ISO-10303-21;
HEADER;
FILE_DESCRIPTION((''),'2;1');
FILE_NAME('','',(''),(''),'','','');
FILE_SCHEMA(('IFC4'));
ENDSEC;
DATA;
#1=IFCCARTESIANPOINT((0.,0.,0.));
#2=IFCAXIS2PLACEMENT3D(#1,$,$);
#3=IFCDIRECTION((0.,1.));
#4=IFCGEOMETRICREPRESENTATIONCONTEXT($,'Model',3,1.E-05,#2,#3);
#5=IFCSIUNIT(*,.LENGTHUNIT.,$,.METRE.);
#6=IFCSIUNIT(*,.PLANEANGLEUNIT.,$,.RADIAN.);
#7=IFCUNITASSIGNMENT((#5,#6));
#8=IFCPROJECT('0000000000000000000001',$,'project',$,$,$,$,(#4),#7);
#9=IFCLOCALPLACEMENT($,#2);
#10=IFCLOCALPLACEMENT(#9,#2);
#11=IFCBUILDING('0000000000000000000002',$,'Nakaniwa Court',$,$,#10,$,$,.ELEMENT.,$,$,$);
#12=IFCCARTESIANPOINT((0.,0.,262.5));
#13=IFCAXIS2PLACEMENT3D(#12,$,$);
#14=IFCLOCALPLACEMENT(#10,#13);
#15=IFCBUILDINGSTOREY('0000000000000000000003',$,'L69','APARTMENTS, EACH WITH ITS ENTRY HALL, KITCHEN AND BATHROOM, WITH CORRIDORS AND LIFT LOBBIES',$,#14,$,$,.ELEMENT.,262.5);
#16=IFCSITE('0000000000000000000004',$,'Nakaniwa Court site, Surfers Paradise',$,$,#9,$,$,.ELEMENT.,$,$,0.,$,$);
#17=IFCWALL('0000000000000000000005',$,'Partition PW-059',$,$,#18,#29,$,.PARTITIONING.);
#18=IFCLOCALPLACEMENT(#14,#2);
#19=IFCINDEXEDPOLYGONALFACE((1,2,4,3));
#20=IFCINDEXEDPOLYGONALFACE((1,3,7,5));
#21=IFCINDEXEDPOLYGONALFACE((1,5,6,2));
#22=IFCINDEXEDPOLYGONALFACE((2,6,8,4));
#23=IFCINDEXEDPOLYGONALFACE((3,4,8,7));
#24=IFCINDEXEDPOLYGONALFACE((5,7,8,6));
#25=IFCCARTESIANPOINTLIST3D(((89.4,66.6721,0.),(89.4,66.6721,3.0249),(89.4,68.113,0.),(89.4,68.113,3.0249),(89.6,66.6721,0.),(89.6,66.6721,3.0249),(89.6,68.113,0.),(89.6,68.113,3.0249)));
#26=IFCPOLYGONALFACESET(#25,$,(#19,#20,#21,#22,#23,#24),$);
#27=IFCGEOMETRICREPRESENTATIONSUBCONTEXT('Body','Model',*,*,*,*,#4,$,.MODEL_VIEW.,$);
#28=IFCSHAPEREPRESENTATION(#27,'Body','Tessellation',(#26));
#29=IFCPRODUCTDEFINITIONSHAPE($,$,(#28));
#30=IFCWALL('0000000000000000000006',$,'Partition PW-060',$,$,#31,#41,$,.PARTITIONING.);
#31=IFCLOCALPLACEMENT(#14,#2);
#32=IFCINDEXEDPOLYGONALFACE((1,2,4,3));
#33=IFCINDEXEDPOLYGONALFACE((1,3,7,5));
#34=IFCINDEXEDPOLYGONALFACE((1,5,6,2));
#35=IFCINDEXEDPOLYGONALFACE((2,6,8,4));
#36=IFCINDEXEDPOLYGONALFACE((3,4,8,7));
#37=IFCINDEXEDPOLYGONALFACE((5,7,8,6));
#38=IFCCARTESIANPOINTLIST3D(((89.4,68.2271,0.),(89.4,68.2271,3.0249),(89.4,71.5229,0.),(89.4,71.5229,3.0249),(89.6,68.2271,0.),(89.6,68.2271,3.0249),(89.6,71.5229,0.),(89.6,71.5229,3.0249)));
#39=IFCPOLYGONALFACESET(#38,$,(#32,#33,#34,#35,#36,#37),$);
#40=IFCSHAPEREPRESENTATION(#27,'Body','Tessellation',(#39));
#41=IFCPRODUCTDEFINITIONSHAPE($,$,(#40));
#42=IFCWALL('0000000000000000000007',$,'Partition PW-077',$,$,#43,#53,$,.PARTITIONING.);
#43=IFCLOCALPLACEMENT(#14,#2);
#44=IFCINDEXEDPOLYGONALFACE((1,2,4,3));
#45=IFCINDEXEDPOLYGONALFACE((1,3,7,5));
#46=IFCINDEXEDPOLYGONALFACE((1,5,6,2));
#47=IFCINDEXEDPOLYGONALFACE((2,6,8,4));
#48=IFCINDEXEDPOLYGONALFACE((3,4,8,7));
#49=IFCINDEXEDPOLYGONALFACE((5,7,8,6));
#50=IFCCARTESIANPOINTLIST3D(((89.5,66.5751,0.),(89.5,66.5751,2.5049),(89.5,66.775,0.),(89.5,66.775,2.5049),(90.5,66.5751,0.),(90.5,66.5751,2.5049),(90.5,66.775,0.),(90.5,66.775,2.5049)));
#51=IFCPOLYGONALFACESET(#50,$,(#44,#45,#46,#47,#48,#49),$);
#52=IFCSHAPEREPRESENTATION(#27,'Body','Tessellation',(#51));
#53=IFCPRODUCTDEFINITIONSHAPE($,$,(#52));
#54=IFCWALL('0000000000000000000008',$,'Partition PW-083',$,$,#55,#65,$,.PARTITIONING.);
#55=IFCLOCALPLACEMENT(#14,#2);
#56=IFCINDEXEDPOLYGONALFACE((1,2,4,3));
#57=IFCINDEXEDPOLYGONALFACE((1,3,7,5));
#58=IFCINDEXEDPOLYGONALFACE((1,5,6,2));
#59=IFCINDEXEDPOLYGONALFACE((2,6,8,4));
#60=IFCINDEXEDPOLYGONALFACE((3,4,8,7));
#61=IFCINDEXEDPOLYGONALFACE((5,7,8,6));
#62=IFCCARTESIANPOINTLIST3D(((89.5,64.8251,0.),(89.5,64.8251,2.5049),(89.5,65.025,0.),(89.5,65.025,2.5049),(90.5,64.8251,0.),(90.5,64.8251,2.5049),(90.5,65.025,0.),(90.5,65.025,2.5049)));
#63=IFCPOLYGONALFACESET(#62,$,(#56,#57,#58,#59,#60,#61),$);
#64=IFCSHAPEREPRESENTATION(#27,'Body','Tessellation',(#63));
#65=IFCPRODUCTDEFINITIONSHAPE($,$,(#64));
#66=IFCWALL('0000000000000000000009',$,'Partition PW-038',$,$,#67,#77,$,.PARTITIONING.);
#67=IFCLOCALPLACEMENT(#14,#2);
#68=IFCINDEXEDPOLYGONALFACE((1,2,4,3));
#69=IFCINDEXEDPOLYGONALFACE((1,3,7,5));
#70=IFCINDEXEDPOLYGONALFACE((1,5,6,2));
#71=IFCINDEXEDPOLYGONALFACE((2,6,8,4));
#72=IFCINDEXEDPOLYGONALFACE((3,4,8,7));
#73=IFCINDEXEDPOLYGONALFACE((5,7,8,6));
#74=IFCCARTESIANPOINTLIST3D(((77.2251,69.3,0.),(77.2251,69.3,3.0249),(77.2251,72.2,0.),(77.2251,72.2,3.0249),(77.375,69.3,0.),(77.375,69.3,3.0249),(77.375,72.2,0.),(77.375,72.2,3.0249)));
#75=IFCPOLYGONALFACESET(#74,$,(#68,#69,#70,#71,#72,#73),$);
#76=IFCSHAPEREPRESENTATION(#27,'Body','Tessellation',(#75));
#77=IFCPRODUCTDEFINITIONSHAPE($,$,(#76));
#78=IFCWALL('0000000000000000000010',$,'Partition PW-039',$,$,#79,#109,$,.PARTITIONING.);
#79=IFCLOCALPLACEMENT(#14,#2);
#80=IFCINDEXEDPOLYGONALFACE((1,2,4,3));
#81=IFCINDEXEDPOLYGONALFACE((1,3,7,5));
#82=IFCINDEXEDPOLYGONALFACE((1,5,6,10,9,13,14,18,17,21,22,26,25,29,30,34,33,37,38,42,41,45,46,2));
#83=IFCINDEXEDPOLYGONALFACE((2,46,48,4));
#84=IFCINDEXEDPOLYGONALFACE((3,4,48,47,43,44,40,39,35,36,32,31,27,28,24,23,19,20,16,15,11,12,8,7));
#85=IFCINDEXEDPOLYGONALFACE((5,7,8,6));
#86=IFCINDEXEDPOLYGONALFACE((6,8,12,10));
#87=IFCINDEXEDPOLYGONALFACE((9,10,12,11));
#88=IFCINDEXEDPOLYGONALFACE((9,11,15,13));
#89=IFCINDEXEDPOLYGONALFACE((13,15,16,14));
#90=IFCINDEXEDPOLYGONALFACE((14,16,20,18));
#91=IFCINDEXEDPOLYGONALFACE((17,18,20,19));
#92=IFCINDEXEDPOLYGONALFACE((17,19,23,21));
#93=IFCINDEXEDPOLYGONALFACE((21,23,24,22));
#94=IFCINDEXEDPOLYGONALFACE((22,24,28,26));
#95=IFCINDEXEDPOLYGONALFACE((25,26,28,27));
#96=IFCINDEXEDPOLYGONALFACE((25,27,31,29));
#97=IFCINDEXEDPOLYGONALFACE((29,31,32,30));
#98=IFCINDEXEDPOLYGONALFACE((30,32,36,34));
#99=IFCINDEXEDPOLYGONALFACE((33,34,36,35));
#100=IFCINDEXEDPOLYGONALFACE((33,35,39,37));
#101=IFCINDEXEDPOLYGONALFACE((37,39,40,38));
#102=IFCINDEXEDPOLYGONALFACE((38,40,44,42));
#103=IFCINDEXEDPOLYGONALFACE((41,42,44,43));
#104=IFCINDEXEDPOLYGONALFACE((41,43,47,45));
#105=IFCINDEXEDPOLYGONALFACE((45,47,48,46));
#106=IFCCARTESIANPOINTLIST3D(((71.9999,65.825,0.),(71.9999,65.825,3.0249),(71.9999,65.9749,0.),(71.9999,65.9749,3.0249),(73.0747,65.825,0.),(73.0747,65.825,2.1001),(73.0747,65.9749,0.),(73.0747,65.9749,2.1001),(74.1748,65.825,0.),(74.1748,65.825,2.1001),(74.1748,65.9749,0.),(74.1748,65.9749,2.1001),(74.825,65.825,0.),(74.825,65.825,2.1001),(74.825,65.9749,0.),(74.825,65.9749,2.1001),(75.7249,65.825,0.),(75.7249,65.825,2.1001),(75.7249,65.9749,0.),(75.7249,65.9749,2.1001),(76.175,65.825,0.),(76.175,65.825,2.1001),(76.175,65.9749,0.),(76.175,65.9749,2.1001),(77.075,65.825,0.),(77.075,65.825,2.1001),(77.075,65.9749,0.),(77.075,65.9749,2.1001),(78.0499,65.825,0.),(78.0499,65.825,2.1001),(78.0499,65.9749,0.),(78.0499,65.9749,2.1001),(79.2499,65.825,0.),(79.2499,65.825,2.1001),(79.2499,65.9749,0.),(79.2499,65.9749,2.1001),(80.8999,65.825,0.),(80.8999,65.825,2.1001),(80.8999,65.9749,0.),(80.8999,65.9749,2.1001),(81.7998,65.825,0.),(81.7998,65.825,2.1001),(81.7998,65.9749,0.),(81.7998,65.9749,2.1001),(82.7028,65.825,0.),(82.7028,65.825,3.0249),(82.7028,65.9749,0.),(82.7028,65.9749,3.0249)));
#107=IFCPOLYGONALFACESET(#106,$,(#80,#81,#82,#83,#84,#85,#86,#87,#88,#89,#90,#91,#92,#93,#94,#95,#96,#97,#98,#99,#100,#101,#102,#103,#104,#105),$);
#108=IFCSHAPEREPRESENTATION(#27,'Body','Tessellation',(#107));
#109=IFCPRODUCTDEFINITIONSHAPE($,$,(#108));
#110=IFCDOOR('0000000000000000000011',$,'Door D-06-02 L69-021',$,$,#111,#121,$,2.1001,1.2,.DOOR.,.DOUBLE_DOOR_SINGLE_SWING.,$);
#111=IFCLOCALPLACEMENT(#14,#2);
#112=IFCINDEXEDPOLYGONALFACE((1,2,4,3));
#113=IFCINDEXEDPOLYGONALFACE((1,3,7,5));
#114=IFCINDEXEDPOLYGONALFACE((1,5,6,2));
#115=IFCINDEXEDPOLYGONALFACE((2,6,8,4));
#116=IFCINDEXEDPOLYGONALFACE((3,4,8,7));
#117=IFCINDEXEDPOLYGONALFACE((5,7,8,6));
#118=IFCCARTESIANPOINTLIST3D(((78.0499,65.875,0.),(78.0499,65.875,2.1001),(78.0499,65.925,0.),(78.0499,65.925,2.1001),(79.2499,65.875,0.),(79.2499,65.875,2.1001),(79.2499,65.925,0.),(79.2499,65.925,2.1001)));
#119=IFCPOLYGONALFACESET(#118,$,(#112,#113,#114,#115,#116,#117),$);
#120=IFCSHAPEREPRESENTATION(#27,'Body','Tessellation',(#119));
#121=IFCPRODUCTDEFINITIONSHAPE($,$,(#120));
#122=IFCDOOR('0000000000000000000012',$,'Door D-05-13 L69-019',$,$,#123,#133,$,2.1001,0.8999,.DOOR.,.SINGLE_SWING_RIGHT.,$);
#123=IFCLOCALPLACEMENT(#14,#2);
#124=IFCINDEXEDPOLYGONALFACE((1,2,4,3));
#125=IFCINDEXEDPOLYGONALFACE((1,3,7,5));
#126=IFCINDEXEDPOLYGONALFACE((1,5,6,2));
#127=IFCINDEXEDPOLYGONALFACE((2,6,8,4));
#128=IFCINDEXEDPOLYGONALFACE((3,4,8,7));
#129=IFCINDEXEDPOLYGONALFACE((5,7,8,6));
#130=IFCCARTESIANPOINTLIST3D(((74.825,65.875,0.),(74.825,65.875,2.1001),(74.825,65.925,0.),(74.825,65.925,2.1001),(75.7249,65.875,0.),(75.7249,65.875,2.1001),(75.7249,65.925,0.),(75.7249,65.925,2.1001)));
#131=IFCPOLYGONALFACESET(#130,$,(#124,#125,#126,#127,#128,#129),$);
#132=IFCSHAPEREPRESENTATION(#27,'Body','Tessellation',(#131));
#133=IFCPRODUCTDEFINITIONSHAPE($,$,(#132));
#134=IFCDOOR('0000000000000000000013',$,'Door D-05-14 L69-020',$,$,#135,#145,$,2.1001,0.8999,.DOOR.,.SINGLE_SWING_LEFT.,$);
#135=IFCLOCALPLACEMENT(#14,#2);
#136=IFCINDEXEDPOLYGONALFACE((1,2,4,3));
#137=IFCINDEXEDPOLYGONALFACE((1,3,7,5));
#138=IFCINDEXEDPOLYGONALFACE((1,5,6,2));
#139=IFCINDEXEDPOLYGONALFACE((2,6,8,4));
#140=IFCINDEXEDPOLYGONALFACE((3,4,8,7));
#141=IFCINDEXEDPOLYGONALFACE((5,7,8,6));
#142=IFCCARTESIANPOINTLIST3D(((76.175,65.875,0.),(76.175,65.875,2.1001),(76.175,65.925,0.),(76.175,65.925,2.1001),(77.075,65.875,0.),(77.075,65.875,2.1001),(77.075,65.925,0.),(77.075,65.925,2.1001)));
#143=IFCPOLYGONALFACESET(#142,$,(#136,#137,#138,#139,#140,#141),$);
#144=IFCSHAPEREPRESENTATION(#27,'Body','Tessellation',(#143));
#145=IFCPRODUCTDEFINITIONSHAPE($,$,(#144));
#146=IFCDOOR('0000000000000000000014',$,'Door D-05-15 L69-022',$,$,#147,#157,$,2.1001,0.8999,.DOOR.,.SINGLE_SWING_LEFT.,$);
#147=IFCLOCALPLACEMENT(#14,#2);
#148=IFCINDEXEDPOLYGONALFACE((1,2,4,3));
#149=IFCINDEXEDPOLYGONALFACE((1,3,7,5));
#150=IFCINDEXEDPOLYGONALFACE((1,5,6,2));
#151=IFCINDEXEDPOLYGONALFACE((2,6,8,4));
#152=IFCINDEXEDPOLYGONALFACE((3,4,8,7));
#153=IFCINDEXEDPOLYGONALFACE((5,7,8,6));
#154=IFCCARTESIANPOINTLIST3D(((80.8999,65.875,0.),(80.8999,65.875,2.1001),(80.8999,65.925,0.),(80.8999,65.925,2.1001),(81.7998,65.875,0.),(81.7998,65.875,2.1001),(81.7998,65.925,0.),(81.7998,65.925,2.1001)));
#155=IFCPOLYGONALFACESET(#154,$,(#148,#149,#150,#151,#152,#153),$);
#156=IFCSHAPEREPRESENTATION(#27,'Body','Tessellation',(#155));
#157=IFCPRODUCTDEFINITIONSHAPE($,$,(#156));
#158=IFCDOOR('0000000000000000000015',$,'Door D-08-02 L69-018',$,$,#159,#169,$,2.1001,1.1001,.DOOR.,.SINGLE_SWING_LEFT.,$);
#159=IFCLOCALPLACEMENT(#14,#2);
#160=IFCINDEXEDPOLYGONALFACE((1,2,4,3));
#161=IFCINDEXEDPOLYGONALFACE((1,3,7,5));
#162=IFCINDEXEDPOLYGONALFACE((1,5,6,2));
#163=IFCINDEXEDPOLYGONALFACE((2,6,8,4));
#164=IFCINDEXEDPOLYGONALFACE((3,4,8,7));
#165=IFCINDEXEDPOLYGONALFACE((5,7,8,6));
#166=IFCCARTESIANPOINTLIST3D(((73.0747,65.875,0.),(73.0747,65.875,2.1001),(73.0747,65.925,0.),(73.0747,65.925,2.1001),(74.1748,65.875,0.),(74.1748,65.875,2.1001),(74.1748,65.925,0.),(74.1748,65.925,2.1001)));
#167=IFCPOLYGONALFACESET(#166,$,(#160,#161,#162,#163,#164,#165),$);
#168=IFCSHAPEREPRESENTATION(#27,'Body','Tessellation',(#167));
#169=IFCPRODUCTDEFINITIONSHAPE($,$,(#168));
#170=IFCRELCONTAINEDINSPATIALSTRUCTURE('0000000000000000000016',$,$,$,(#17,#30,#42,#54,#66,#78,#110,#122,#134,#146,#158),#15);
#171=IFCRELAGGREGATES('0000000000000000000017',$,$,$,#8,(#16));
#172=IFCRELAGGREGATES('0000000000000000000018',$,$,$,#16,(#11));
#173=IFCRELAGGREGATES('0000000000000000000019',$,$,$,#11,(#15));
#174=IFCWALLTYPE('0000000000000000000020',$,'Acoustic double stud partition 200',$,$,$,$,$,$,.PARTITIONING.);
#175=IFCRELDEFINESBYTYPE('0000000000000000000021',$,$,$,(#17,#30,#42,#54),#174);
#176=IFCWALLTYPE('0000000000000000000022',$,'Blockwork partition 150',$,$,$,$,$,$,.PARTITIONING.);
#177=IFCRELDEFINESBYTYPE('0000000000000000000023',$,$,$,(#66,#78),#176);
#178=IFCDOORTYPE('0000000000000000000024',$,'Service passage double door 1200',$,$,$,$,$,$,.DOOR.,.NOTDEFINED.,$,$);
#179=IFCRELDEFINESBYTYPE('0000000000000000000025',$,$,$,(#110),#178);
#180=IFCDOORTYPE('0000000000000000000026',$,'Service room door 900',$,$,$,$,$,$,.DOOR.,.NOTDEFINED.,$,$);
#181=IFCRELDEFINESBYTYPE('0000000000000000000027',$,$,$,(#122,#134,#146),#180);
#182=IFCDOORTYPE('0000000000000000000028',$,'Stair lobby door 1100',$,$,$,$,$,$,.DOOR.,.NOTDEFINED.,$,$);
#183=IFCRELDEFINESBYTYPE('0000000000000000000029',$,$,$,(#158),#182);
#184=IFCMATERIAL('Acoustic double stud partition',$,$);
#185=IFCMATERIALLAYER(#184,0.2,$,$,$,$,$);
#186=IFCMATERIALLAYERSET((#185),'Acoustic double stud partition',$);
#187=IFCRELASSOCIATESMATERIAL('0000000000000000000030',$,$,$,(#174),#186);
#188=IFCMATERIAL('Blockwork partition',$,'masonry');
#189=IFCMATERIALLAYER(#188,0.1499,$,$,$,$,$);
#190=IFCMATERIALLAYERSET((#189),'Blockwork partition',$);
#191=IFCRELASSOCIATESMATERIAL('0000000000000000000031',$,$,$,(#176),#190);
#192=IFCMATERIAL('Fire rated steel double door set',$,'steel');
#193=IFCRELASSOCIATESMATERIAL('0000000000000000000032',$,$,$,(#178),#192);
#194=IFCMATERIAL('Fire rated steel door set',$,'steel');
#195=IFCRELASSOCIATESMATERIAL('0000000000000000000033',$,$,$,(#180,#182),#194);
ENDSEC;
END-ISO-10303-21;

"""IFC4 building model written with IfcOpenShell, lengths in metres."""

from ifc_helpers import new_model, si_unit, direction, frame, frame_2d, origin, place, context, subcontext, project, spatial, rectangle, extrude, material, layer, layer_set, type_object, element, fill, save


model = new_model("IFC4")

# Units and contexts
model_context = context("Model", 3, precision=1e-05, world=origin(), true_north=direction((0.0, 1.0)))
body_context = subcontext(model_context, "Body", "Model", "MODEL_VIEW")
ifc_project = project(units=[si_unit("LENGTHUNIT", "METRE"), si_unit("PLANEANGLEUNIT", "RADIAN")], contexts=[model_context])

# Site, building, storey
site_placement = place(None, origin())
site = spatial("IfcSite", under=ifc_project, at=site_placement, Name="Nakaniwa Court site, Surfers Paradise", CompositionType="ELEMENT", RefElevation=0.0)
building_placement = place(site_placement, origin())
building = spatial("IfcBuilding", under=site, at=building_placement, Name="Nakaniwa Court", CompositionType="ELEMENT")
storey_placement = place(building_placement, frame((0.0, 0.0, 262.5)))
storey = spatial("IfcBuildingStorey", under=building, at=storey_placement, Name="L69", Description="APARTMENTS, EACH WITH ITS ENTRY HALL, KITCHEN AND BATHROOM, WITH CORRIDORS AND LIFT LOBBIES", CompositionType="ELEMENT", Elevation=262.5)

# Walls
ifc_material_1 = material(Name="Acoustic double stud partition")
ifc_layer_1 = layer(ifc_material_1, 0.2)
ifc_layer_set_1 = layer_set([ifc_layer_1], Name="Acoustic double stud partition")
wall_type_1 = type_object("IfcWallType", Name="Acoustic double stud partition 200", PredefinedType="PARTITIONING", material=ifc_layer_set_1)
wall_1_placement = place(storey_placement, frame((89.5, 66.6721, 0.0), z_axis=(0.0, 0.0, 1.0), x_axis=(0.0, 1.0, 0.0)))
element("IfcWall", 1, at=wall_1_placement, inside=storey, type_object=wall_type_1, Name="Partition PW-059", PredefinedType="PARTITIONING", context=body_context, shape_type="SweptSolid", body=[
    extrude(rectangle(XDim=1.4409, YDim=0.2, at=frame_2d((0.7205, 0.0))), origin(), (0.0, 0.0, 1.0), 3.0249),
])
wall_2_placement = place(storey_placement, frame((89.5, 68.2271, 0.0), z_axis=(0.0, 0.0, 1.0), x_axis=(0.0, 1.0, 0.0)))
element("IfcWall", 2, at=wall_2_placement, inside=storey, type_object=wall_type_1, Name="Partition PW-060", PredefinedType="PARTITIONING", context=body_context, shape_type="SweptSolid", body=[
    extrude(rectangle(XDim=3.2959, YDim=0.2, at=frame_2d((1.6479, 0.0))), origin(), (0.0, 0.0, 1.0), 3.0249),
])
for number, where, z_axis, x_axis, name in (
    (3, (89.5, 66.675, 0.0), (0.0, 0.0, 1.0), (1.0, 0.0, 0.0), "Partition PW-077"),
    (4, (89.5, 64.925, 0.0), (0.0, 0.0, 1.0), (1.0, 0.0, 0.0), "Partition PW-083"),
):
    element("IfcWall", number, at=place(storey_placement, frame(where, z_axis=z_axis, x_axis=x_axis)), inside=storey, type_object=wall_type_1, Name=name, PredefinedType="PARTITIONING", context=body_context, shape_type="SweptSolid", body=[
        extrude(rectangle(XDim=1.0, YDim=0.2, at=frame_2d((0.5, 0.0))), origin(), (0.0, 0.0, 1.0), 2.5049),
    ])
ifc_material_2 = material(Name="Blockwork partition", Category="masonry")
ifc_layer_2 = layer(ifc_material_2, 0.1499)
ifc_layer_set_2 = layer_set([ifc_layer_2], Name="Blockwork partition")
wall_type_2 = type_object("IfcWallType", Name="Blockwork partition 150", PredefinedType="PARTITIONING", material=ifc_layer_set_2)
wall_3_placement = place(storey_placement, frame((77.3, 69.3, 0.0), z_axis=(0.0, 0.0, 1.0), x_axis=(0.0, 1.0, 0.0)))
element("IfcWall", 5, at=wall_3_placement, inside=storey, type_object=wall_type_2, Name="Partition PW-038", PredefinedType="PARTITIONING", context=body_context, shape_type="SweptSolid", body=[
    extrude(rectangle(XDim=2.8999, YDim=0.1499, at=frame_2d((1.45, 0.0))), origin(), (0.0, 0.0, 1.0), 3.0249),
])

# Wall, openings, doors
wall_4_placement = place(storey_placement, frame((82.7029, 65.8999, 0.0), z_axis=(0.0, 0.0, 1.0), x_axis=(-1.0, 0.0, 0.0)))
wall_4 = element("IfcWall", 6, at=wall_4_placement, inside=storey, type_object=wall_type_2, Name="Partition PW-039", PredefinedType="PARTITIONING", context=body_context, shape_type="SweptSolid", body=[
    extrude(rectangle(XDim=10.7029, YDim=0.1499, at=frame_2d((5.3516, 0.0))), origin(), (0.0, 0.0, 1.0), 3.0249),
])
opening_1_placement = place(wall_4_placement, frame((8.5281, 0.0, 0.0)))
opening_1 = element("IfcOpeningElement", 7, at=opening_1_placement, cuts=wall_4, PredefinedType="OPENING", context=body_context, shape_type="SweptSolid", body=[
    extrude(rectangle(XDim=1.1001, YDim=2.1001, at=frame_2d((0.55, 1.05))), frame((0.0, 0.085, 0.0), z_axis=(0.0, -1.0, 0.0), x_axis=(1.0, 0.0, 0.0)), (0.0, 0.0, 1.0), 0.1699),
])
opening_2_placement = place(wall_4_placement, frame((6.978, 0.0, 0.0)))
opening_2 = element("IfcOpeningElement", 8, at=opening_2_placement, cuts=wall_4, PredefinedType="OPENING", context=body_context, shape_type="SweptSolid", body=[
    extrude(rectangle(XDim=0.8999, YDim=2.1001, at=frame_2d((0.45, 1.05))), frame((0.0, 0.085, 0.0), z_axis=(0.0, -1.0, 0.0), x_axis=(1.0, 0.0, 0.0)), (0.0, 0.0, 1.0), 0.1699),
])
opening_3_placement = place(wall_4_placement, frame((5.6279, 0.0, 0.0)))
opening_3 = element("IfcOpeningElement", 9, at=opening_3_placement, cuts=wall_4, PredefinedType="OPENING", context=body_context, shape_type="SweptSolid", body=[
    extrude(rectangle(XDim=0.8999, YDim=2.1001, at=frame_2d((0.45, 1.05))), frame((0.0, 0.085, 0.0), z_axis=(0.0, -1.0, 0.0), x_axis=(1.0, 0.0, 0.0)), (0.0, 0.0, 1.0), 0.1699),
])
opening_4_placement = place(wall_4_placement, frame((3.4529, 0.0, 0.0)))
opening_4 = element("IfcOpeningElement", 10, at=opening_4_placement, cuts=wall_4, PredefinedType="OPENING", context=body_context, shape_type="SweptSolid", body=[
    extrude(rectangle(XDim=1.2, YDim=2.1001, at=frame_2d((0.6001, 1.05))), frame((0.0, 0.085, 0.0), z_axis=(0.0, -1.0, 0.0), x_axis=(1.0, 0.0, 0.0)), (0.0, 0.0, 1.0), 0.1699),
])
opening_5_placement = place(wall_4_placement, frame((0.9031, 0.0, 0.0)))
opening_5 = element("IfcOpeningElement", 11, at=opening_5_placement, cuts=wall_4, PredefinedType="OPENING", context=body_context, shape_type="SweptSolid", body=[
    extrude(rectangle(XDim=0.8999, YDim=2.1001, at=frame_2d((0.45, 1.05))), frame((0.0, 0.085, 0.0), z_axis=(0.0, -1.0, 0.0), x_axis=(1.0, 0.0, 0.0)), (0.0, 0.0, 1.0), 0.1699),
])
ifc_material_3 = material(Name="Fire rated steel double door set", Category="steel")
door_type_1 = type_object("IfcDoorType", Name="Service passage double door 1200", OperationType="NOTDEFINED", PredefinedType="DOOR", material=ifc_material_3)
door_1_placement = place(opening_4_placement, origin())
door_1 = element("IfcDoor", 12, at=door_1_placement, inside=storey, type_object=door_type_1, Name="Door D-06-02 L69-021", OperationType="DOUBLE_DOOR_SINGLE_SWING", OverallHeight=2.1001, OverallWidth=1.2, PredefinedType="DOOR", context=body_context, shape_type="SweptSolid", body=[
    extrude(rectangle(XDim=1.2, YDim=2.1001, at=frame_2d((0.6001, 1.05))), frame((0.0, 0.0249, 0.0), z_axis=(0.0, -1.0, 0.0), x_axis=(1.0, 0.0, 0.0)), (0.0, 0.0, 1.0), 0.05),
])
fill(opening_4, door_1)
ifc_material_4 = material(Name="Fire rated steel door set", Category="steel")
door_type_2 = type_object("IfcDoorType", Name="Service room door 900", OperationType="NOTDEFINED", PredefinedType="DOOR", material=ifc_material_4)
door_2_placement = place(opening_2_placement, origin())
door_2 = element("IfcDoor", 13, at=door_2_placement, inside=storey, type_object=door_type_2, Name="Door D-05-13 L69-019", OperationType="SINGLE_SWING_RIGHT", OverallHeight=2.1001, OverallWidth=0.8999, PredefinedType="DOOR", context=body_context, shape_type="SweptSolid", body=[
    extrude(rectangle(XDim=0.8999, YDim=2.1001, at=frame_2d((0.45, 1.05))), frame((0.0, 0.0249, 0.0), z_axis=(0.0, -1.0, 0.0), x_axis=(1.0, 0.0, 0.0)), (0.0, 0.0, 1.0), 0.05),
])
fill(opening_2, door_2)
door_3_placement = place(opening_3_placement, origin())
door_3 = element("IfcDoor", 14, at=door_3_placement, inside=storey, type_object=door_type_2, Name="Door D-05-14 L69-020", OperationType="SINGLE_SWING_LEFT", OverallHeight=2.1001, OverallWidth=0.8999, PredefinedType="DOOR", context=body_context, shape_type="SweptSolid", body=[
    extrude(rectangle(XDim=0.8999, YDim=2.1001, at=frame_2d((0.45, 1.05))), frame((0.0, 0.0249, 0.0), z_axis=(0.0, -1.0, 0.0), x_axis=(1.0, 0.0, 0.0)), (0.0, 0.0, 1.0), 0.05),
])
fill(opening_3, door_3)
door_4_placement = place(opening_5_placement, origin())
door_4 = element("IfcDoor", 15, at=door_4_placement, inside=storey, type_object=door_type_2, Name="Door D-05-15 L69-022", OperationType="SINGLE_SWING_LEFT", OverallHeight=2.1001, OverallWidth=0.8999, PredefinedType="DOOR", context=body_context, shape_type="SweptSolid", body=[
    extrude(rectangle(XDim=0.8999, YDim=2.1001, at=frame_2d((0.45, 1.05))), frame((0.0, 0.0249, 0.0), z_axis=(0.0, -1.0, 0.0), x_axis=(1.0, 0.0, 0.0)), (0.0, 0.0, 1.0), 0.05),
])
fill(opening_5, door_4)
door_type_3 = type_object("IfcDoorType", Name="Stair lobby door 1100", OperationType="NOTDEFINED", PredefinedType="DOOR", material=ifc_material_4)
door_5_placement = place(opening_1_placement, origin())
door_5 = element("IfcDoor", 16, at=door_5_placement, inside=storey, type_object=door_type_3, Name="Door D-08-02 L69-018", OperationType="SINGLE_SWING_LEFT", OverallHeight=2.1001, OverallWidth=1.1001, PredefinedType="DOOR", context=body_context, shape_type="SweptSolid", body=[
    extrude(rectangle(XDim=1.1001, YDim=2.1001, at=frame_2d((0.55, 1.05))), frame((0.0, 0.0249, 0.0), z_axis=(0.0, -1.0, 0.0), x_axis=(1.0, 0.0, 0.0)), (0.0, 0.0, 1.0), 0.05),
])
fill(opening_1, door_5)

save(model, "model.ifc")
